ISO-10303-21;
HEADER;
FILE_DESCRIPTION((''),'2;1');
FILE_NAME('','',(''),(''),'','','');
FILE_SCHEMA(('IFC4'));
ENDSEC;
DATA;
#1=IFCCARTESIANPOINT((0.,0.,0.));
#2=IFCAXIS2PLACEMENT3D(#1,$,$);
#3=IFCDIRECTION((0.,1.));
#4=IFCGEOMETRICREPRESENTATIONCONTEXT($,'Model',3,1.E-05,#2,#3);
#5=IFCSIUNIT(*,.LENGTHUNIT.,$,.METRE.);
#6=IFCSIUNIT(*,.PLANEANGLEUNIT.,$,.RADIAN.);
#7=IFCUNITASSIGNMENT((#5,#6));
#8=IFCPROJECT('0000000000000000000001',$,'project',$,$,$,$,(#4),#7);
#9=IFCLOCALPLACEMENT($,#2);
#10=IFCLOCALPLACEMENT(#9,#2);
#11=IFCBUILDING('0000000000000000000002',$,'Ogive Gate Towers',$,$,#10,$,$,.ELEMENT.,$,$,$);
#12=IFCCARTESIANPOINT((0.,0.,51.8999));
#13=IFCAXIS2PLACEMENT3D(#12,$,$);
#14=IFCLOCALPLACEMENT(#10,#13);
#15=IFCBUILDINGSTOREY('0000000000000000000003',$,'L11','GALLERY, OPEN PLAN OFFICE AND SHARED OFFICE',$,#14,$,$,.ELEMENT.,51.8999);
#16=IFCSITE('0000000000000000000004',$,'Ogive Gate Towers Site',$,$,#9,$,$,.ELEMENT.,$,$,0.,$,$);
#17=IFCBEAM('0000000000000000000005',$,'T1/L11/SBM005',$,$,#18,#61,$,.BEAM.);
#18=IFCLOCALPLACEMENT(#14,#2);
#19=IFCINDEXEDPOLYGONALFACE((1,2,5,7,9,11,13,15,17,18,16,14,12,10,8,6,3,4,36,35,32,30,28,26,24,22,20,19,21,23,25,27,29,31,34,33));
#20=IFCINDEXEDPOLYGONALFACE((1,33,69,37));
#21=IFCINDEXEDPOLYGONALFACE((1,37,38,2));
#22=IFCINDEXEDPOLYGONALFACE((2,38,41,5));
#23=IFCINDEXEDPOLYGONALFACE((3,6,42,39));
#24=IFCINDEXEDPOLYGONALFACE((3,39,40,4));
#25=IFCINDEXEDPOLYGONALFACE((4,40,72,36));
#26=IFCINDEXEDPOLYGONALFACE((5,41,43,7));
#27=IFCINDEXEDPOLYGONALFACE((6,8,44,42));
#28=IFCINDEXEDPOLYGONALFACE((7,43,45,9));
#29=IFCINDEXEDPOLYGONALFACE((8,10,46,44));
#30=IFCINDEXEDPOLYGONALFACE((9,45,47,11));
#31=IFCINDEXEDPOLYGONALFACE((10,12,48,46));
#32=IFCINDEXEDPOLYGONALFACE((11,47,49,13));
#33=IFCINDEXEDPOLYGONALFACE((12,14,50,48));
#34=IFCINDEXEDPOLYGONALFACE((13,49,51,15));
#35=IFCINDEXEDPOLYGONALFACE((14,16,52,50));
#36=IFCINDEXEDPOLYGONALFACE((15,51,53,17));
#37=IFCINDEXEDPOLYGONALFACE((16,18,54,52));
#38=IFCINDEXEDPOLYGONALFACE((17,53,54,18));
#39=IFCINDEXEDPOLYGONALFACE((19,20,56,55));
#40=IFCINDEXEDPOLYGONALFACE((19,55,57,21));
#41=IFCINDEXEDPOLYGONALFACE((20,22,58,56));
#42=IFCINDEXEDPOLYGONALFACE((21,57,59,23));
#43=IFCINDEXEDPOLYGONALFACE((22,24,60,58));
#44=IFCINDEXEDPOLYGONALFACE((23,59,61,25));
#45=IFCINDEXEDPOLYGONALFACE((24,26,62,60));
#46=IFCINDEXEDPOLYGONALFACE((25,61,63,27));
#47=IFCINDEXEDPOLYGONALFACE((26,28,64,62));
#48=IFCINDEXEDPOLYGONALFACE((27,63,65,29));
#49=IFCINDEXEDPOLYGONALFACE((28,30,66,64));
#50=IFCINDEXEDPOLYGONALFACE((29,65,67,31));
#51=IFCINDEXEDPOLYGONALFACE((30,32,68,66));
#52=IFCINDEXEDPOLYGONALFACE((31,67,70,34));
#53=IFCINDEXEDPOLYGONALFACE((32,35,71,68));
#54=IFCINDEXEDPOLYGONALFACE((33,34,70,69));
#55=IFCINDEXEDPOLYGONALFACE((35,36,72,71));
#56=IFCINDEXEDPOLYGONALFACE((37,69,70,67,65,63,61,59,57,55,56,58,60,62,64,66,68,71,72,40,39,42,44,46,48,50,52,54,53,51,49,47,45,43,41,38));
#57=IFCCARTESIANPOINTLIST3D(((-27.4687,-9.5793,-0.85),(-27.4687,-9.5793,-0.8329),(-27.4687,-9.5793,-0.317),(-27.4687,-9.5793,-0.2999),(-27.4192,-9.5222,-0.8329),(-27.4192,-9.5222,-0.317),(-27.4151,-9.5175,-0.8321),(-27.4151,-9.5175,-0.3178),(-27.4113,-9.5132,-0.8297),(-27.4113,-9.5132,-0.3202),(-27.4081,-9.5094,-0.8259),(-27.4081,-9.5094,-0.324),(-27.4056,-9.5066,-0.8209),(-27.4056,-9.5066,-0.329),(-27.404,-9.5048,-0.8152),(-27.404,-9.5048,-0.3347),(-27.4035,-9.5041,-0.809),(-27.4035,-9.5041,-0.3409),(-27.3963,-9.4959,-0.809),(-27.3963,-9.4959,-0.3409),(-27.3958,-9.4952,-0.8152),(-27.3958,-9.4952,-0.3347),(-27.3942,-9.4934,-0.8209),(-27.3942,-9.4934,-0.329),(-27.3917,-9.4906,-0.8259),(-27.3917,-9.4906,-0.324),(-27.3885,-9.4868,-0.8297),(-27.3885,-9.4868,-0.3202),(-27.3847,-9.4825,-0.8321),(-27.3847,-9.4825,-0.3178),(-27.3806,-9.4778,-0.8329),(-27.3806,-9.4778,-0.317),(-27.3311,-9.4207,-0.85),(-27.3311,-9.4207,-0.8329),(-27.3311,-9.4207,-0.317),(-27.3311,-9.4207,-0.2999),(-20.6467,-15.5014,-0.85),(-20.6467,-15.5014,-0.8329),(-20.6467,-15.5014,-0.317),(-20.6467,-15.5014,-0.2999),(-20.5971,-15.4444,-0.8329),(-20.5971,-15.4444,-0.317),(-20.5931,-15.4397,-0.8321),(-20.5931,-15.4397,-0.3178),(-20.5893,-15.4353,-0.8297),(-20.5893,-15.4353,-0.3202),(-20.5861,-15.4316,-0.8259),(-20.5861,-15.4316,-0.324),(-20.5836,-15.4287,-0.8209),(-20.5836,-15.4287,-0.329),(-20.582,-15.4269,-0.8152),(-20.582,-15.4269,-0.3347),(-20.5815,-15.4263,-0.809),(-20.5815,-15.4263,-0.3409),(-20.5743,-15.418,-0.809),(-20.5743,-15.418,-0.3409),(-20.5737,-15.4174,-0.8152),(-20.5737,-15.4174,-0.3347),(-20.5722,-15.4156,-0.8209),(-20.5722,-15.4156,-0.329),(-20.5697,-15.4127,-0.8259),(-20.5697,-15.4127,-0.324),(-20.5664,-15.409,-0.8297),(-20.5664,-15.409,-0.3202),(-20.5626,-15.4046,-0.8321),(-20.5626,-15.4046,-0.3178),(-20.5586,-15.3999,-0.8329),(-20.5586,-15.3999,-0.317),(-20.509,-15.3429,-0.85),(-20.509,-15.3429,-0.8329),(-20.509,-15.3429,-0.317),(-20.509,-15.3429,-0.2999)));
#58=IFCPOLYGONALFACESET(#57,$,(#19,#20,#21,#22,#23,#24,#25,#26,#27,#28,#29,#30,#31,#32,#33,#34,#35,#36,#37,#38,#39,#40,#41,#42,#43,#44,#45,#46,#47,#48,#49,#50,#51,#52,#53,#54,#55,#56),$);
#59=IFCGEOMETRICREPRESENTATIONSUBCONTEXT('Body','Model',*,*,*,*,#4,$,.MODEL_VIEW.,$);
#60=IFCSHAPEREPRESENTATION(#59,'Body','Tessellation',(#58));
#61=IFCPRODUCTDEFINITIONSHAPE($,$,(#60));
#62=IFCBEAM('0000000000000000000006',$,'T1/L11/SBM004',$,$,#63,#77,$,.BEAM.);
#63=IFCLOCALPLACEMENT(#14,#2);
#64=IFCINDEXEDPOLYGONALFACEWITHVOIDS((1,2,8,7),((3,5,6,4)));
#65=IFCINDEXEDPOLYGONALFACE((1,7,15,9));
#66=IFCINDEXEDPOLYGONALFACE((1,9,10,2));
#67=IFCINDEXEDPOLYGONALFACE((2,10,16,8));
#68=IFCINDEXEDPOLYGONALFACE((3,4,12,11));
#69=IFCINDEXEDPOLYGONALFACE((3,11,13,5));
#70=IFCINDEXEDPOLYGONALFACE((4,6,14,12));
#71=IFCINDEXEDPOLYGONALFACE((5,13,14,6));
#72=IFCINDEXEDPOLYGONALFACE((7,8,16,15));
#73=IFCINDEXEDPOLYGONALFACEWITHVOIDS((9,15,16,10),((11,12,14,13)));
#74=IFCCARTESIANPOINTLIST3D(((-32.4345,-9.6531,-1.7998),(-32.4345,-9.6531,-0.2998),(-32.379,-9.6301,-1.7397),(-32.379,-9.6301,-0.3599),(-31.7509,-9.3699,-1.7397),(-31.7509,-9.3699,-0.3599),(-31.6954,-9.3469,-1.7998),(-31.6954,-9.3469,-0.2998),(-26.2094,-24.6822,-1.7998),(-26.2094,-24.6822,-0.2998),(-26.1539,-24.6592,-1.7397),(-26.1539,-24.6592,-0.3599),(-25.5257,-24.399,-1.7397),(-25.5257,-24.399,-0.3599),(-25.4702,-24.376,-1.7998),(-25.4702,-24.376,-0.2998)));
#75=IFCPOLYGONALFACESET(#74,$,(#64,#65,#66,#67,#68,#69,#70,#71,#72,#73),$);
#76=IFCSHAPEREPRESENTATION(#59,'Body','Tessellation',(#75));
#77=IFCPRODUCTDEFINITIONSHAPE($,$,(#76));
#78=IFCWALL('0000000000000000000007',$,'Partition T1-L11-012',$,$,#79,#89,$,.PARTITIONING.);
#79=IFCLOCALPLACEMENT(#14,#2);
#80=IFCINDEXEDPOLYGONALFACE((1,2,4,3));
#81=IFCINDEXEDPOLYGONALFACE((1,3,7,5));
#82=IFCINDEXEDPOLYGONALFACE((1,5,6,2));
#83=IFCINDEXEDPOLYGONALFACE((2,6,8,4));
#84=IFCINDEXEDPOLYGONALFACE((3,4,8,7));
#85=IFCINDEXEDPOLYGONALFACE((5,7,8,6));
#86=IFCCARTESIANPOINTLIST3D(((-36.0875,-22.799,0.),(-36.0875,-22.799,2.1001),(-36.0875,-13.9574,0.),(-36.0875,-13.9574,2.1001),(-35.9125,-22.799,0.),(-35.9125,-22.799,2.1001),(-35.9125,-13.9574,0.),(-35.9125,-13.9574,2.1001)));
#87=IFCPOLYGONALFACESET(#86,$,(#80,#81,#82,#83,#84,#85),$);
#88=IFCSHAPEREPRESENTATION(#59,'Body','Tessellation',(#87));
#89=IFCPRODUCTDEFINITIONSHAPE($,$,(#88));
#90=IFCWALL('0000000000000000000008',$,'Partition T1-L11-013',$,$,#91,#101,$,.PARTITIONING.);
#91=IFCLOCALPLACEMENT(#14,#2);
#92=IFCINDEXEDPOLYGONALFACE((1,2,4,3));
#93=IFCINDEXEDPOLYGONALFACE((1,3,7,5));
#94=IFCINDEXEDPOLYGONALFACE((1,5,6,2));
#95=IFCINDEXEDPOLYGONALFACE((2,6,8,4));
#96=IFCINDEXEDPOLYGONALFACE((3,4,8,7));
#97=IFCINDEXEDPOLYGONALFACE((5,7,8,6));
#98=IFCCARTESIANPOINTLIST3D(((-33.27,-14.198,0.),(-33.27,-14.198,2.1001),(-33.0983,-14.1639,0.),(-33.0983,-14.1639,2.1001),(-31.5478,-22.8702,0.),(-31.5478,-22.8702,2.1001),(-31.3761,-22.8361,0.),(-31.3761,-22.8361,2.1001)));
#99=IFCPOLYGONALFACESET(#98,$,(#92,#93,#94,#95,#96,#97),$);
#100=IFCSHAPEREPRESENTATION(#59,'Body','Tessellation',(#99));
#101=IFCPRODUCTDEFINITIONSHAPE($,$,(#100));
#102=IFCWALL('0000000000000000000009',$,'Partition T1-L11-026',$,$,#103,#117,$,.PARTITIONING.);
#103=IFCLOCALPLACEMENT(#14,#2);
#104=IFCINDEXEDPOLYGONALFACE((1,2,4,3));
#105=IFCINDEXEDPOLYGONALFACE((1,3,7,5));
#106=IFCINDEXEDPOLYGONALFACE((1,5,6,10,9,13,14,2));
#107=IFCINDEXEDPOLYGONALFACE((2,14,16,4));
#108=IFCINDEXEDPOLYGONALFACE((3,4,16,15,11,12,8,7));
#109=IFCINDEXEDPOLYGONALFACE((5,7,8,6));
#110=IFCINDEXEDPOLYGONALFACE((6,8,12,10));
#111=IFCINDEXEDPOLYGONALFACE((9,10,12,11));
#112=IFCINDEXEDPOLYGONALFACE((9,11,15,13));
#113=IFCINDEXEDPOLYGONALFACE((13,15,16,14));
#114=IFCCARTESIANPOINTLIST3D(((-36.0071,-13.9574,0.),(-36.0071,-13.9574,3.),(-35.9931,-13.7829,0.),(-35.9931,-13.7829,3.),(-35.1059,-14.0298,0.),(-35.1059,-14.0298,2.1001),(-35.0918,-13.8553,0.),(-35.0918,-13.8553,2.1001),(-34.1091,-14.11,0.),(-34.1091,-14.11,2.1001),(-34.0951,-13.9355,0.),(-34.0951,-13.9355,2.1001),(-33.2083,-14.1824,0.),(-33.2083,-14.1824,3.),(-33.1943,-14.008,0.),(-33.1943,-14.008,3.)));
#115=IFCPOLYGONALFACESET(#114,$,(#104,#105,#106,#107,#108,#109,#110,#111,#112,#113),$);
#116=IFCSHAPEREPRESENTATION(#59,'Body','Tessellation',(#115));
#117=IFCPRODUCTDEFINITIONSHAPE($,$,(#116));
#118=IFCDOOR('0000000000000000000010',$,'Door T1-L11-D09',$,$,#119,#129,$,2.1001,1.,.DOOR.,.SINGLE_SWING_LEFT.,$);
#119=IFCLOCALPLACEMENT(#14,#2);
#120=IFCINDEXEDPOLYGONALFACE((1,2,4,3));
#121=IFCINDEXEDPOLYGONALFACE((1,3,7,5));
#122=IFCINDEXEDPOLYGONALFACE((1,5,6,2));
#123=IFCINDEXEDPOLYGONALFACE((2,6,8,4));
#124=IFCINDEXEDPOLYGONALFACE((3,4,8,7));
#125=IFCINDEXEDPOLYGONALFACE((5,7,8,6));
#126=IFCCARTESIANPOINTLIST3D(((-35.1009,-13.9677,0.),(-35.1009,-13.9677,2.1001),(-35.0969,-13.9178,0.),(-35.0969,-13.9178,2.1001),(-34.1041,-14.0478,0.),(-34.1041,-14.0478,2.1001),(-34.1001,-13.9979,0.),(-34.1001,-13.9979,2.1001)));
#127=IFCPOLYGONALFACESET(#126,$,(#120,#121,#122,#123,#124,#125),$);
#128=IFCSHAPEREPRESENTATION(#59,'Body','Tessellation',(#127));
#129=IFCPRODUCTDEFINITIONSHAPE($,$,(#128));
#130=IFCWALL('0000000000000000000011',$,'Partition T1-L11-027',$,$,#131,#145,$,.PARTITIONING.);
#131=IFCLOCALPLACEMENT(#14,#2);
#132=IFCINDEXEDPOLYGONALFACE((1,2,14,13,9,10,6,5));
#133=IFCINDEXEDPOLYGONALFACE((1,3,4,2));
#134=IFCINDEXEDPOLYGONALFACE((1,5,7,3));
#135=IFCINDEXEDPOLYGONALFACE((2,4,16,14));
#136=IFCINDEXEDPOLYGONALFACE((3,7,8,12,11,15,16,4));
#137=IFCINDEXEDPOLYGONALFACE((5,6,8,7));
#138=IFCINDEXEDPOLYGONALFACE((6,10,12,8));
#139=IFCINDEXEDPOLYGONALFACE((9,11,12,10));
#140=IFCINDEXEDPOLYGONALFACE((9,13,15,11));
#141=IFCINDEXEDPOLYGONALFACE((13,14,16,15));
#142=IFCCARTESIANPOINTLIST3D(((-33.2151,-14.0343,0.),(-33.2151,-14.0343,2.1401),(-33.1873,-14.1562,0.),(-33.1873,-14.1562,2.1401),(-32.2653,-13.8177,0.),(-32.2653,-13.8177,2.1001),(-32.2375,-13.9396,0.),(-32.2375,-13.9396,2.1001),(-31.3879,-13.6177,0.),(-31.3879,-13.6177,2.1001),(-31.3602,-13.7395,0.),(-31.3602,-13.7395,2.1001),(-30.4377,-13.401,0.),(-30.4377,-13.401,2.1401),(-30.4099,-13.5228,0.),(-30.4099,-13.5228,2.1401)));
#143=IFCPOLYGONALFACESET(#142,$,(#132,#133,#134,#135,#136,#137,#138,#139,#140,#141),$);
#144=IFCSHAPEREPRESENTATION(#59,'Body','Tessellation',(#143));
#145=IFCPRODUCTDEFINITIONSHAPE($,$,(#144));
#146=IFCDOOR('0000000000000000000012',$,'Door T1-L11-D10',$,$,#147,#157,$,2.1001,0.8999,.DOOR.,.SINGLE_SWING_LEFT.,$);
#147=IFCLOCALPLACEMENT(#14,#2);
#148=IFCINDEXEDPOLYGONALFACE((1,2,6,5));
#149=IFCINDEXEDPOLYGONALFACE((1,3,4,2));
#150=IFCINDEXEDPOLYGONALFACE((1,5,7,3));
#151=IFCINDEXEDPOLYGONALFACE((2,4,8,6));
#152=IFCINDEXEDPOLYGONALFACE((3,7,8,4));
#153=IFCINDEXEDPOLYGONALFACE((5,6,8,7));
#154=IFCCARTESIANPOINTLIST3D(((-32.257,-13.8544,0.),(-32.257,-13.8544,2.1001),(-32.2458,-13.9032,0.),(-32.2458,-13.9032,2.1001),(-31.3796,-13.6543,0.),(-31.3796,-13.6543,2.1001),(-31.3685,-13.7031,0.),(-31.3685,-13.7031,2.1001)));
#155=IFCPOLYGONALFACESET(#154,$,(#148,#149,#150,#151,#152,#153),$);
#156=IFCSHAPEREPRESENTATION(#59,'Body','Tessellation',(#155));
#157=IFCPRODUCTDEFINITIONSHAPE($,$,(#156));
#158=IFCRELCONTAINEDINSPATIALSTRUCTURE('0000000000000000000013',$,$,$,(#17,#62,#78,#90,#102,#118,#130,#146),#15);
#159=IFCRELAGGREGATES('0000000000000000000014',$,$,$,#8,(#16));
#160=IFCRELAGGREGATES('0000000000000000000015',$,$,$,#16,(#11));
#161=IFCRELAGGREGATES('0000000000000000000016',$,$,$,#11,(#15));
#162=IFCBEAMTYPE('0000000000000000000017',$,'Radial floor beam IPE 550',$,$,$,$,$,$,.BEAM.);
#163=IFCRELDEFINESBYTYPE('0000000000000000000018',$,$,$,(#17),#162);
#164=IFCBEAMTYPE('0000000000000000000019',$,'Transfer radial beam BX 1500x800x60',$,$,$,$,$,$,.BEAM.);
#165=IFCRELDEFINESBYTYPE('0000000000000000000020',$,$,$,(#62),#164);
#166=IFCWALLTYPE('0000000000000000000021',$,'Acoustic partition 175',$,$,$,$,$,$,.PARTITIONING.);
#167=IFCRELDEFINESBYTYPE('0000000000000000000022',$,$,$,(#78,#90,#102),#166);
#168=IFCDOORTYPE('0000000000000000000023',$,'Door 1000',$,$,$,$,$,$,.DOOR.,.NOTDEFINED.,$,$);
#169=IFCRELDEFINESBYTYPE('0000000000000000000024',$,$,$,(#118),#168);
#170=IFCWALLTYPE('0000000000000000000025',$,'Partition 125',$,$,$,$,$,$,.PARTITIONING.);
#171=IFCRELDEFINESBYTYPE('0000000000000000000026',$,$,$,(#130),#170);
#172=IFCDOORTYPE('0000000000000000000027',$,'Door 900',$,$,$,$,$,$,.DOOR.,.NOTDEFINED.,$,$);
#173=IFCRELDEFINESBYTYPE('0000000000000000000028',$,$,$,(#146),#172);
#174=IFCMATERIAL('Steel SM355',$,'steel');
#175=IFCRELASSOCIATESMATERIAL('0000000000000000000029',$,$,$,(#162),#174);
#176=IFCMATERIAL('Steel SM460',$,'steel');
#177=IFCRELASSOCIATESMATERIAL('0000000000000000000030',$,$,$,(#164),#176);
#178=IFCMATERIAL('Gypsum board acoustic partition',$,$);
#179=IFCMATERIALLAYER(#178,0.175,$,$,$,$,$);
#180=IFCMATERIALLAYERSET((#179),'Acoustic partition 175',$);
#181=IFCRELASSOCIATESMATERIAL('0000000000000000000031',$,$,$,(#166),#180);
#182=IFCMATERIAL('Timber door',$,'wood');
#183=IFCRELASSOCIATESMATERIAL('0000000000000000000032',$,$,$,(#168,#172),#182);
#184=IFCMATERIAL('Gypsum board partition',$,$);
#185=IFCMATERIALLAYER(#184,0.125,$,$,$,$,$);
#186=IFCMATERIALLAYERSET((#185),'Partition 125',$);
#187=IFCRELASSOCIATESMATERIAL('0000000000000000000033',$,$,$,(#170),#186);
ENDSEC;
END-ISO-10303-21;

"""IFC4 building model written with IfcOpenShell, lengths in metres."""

from ifc_helpers import new_model, si_unit, direction, frame, frame_2d, origin, origin_2d, place, context, subcontext, project, spatial, rectangle, hollow_rectangle, i_section, extrude, material, layer, layer_set, material_profile, profile_set, type_object, element, fill, save


model = new_model("IFC4")

# Units and contexts
model_context = context("Model", 3, precision=1e-05, world=origin(), true_north=direction((0.0, 1.0)))
body_context = subcontext(model_context, "Body", "Model", "MODEL_VIEW")
ifc_project = project(units=[si_unit("LENGTHUNIT", "METRE"), si_unit("PLANEANGLEUNIT", "RADIAN")], contexts=[model_context])

# Site, building, storey
site_placement = place(None, origin())
site = spatial("IfcSite", under=ifc_project, at=site_placement, Name="Ogive Gate Towers Site", CompositionType="ELEMENT", RefElevation=0.0)
building_placement = place(site_placement, origin())
building = spatial("IfcBuilding", under=site, at=building_placement, Name="Ogive Gate Towers", CompositionType="ELEMENT")
storey_placement = place(building_placement, frame((0.0, 0.0, 51.8999)))
storey = spatial("IfcBuildingStorey", under=building, at=storey_placement, Name="L11", Description="GALLERY, OPEN PLAN OFFICE AND SHARED OFFICE", CompositionType="ELEMENT", Elevation=51.8999)

# Beams
ifc_material_1 = material(Name="Steel SM355", Category="steel")
ifc_material_profile_1 = material_profile(ifc_material_1, i_section(OverallWidth=0.21, OverallDepth=0.55, WebThickness=0.011, FlangeThickness=0.0171, FilletRadius=0.0239, at=origin_2d()), Name="IPE 550")
ifc_profile_set_1 = profile_set([ifc_material_profile_1], Name="Steel SM355")
beam_type_1 = type_object("IfcBeamType", Name="Radial floor beam IPE 550", PredefinedType="BEAM", material=ifc_profile_set_1)
beam_1_placement = place(storey_placement, frame((-27.3999, -9.5, -0.575), z_axis=(0.755157, -0.655544, 0.0), x_axis=(0.655544, 0.755157, 0.0)))
element("IfcBeam", 1, at=beam_1_placement, inside=storey, type_object=beam_type_1, Name="T1/L11/SBM005", PredefinedType="BEAM", context=body_context, shape_type="SweptSolid", body=[
    extrude(i_section(OverallWidth=0.21, OverallDepth=0.55, WebThickness=0.011, FlangeThickness=0.0171, FilletRadius=0.0239, at=origin_2d()), origin(), (0.0, 0.0, 1.0), 9.0339),
])
ifc_material_2 = material(Name="Steel SM460", Category="steel")
ifc_material_profile_2 = material_profile(ifc_material_2, hollow_rectangle(XDim=0.8, YDim=1.5, WallThickness=0.0601, at=origin_2d()), Name="BX 1500x800x60")
ifc_profile_set_2 = profile_set([ifc_material_profile_2], Name="Steel SM460")
beam_type_2 = type_object("IfcBeamType", Name="Transfer radial beam BX 1500x800x60", PredefinedType="BEAM", material=ifc_profile_set_2)
beam_2_placement = place(storey_placement, frame((-32.0649, -9.5, -1.0498), z_axis=(0.382676, -0.923883, 0.0), x_axis=(0.923883, 0.382676, 0.0)))
element("IfcBeam", 2, at=beam_2_placement, inside=storey, type_object=beam_type_2, Name="T1/L11/SBM004", PredefinedType="BEAM", context=body_context, shape_type="SweptSolid", body=[
    extrude(hollow_rectangle(XDim=0.8, YDim=1.5, WallThickness=0.0601, at=origin_2d()), origin(), (0.0, 0.0, 1.0), 16.2673),
])

# Walls
ifc_material_3 = material(Name="Gypsum board acoustic partition")
ifc_layer_1 = layer(ifc_material_3, 0.175)
ifc_layer_set_1 = layer_set([ifc_layer_1], Name="Acoustic partition 175")
wall_type_1 = type_object("IfcWallType", Name="Acoustic partition 175", PredefinedType="PARTITIONING", material=ifc_layer_set_1)
for number, where, z_axis, x_axis, name in (
    (3, (-36.0, -22.7991, 0.0), (0.0, 0.0, 1.0), (0.0, 1.0, 0.0), "Partition T1-L11-012"),
    (4, (-31.4619, -22.8533, 0.0), (0.0, 0.0, 1.0), (-0.194783, 0.980846, 0.0), "Partition T1-L11-013"),
):
    element("IfcWall", number, at=place(storey_placement, frame(where, z_axis=z_axis, x_axis=x_axis)), inside=storey, type_object=wall_type_1, Name=name, PredefinedType="PARTITIONING", context=body_context, shape_type="SweptSolid", body=[
        extrude(rectangle(XDim=8.8416, YDim=0.175, at=frame_2d((4.4209, 0.0))), origin(), (0.0, 0.0, 1.0), 2.1001),
    ])

# Walls, openings, doors
wall_1_placement = place(storey_placement, frame((-36.0, -13.8701, 0.0), z_axis=(0.0, 0.0, 1.0), x_axis=(0.996781, -0.080167, 0.0)))
wall_1 = element("IfcWall", 5, at=wall_1_placement, inside=storey, type_object=wall_type_1, Name="Partition T1-L11-026", PredefinedType="PARTITIONING", context=body_context, shape_type="SweptSolid", body=[
    extrude(rectangle(XDim=2.8079, YDim=0.175, at=frame_2d((1.4038, 0.0))), origin(), (0.0, 0.0, 1.0), 3.0),
])
opening_1_placement = place(wall_1_placement, frame((0.9041, 0.0, 0.0)))
opening_1 = element("IfcOpeningElement", 6, at=opening_1_placement, cuts=wall_1, PredefinedType="OPENING", context=body_context, shape_type="SweptSolid", body=[
    extrude(rectangle(XDim=1.0, YDim=2.1001, at=frame_2d((0.5, 1.05))), frame((0.0, 0.0977, 0.0), z_axis=(0.0, -1.0, 0.0), x_axis=(1.0, 0.0, 0.0)), (0.0, 0.0, 1.0), 0.1951),
])
ifc_material_4 = material(Name="Timber door", Category="wood")
door_type_1 = type_object("IfcDoorType", Name="Door 1000", OperationType="NOTDEFINED", PredefinedType="DOOR", material=ifc_material_4)
door_1_placement = place(opening_1_placement, origin())
door_1 = element("IfcDoor", 7, at=door_1_placement, inside=storey, type_object=door_type_1, Name="Door T1-L11-D09", OperationType="SINGLE_SWING_LEFT", OverallHeight=2.1001, OverallWidth=1.0, PredefinedType="DOOR", context=body_context, shape_type="SweptSolid", body=[
    extrude(rectangle(XDim=1.0, YDim=2.1001, at=frame_2d((0.5, 1.05))), frame((0.0, 0.0249, 0.0), z_axis=(0.0, -1.0, 0.0), x_axis=(1.0, 0.0, 0.0)), (0.0, 0.0, 1.0), 0.05),
])
fill(opening_1, door_1)
ifc_material_5 = material(Name="Gypsum board partition")
ifc_layer_2 = layer(ifc_material_5, 0.125)
ifc_layer_set_2 = layer_set([ifc_layer_2], Name="Partition 125")
wall_type_2 = type_object("IfcWallType", Name="Partition 125", PredefinedType="PARTITIONING", material=ifc_layer_set_2)
wall_2_placement = place(storey_placement, frame((-33.2012, -14.0952, 0.0), z_axis=(0.0, 0.0, 1.0), x_axis=(0.974974, 0.222317, 0.0)))
wall_2 = element("IfcWall", 8, at=wall_2_placement, inside=storey, type_object=wall_type_2, Name="Partition T1-L11-027", PredefinedType="PARTITIONING", context=body_context, shape_type="SweptSolid", body=[
    extrude(rectangle(XDim=2.8486, YDim=0.125, at=frame_2d((1.4243, 0.0))), origin(), (0.0, 0.0, 1.0), 2.1401),
])
opening_2_placement = place(wall_2_placement, frame((0.9741, 0.0, 0.0)))
opening_2 = element("IfcOpeningElement", 9, at=opening_2_placement, cuts=wall_2, PredefinedType="OPENING", context=body_context, shape_type="SweptSolid", body=[
    extrude(rectangle(XDim=0.8999, YDim=2.1001, at=frame_2d((0.45, 1.05))), frame((0.0, 0.0725, 0.0), z_axis=(0.0, -1.0, 0.0), x_axis=(1.0, 0.0, 0.0)), (0.0, 0.0, 1.0), 0.145),
])
door_type_2 = type_object("IfcDoorType", Name="Door 900", OperationType="NOTDEFINED", PredefinedType="DOOR", material=ifc_material_4)
door_2_placement = place(opening_2_placement, origin())
door_2 = element("IfcDoor", 10, at=door_2_placement, inside=storey, type_object=door_type_2, Name="Door T1-L11-D10", OperationType="SINGLE_SWING_LEFT", OverallHeight=2.1001, OverallWidth=0.8999, PredefinedType="DOOR", context=body_context, shape_type="SweptSolid", body=[
    extrude(rectangle(XDim=0.8999, YDim=2.1001, at=frame_2d((0.45, 1.05))), frame((0.0, 0.0249, 0.0), z_axis=(0.0, -1.0, 0.0), x_axis=(1.0, 0.0, 0.0)), (0.0, 0.0, 1.0), 0.05),
])
fill(opening_2, door_2)

save(model, "model.ifc")
